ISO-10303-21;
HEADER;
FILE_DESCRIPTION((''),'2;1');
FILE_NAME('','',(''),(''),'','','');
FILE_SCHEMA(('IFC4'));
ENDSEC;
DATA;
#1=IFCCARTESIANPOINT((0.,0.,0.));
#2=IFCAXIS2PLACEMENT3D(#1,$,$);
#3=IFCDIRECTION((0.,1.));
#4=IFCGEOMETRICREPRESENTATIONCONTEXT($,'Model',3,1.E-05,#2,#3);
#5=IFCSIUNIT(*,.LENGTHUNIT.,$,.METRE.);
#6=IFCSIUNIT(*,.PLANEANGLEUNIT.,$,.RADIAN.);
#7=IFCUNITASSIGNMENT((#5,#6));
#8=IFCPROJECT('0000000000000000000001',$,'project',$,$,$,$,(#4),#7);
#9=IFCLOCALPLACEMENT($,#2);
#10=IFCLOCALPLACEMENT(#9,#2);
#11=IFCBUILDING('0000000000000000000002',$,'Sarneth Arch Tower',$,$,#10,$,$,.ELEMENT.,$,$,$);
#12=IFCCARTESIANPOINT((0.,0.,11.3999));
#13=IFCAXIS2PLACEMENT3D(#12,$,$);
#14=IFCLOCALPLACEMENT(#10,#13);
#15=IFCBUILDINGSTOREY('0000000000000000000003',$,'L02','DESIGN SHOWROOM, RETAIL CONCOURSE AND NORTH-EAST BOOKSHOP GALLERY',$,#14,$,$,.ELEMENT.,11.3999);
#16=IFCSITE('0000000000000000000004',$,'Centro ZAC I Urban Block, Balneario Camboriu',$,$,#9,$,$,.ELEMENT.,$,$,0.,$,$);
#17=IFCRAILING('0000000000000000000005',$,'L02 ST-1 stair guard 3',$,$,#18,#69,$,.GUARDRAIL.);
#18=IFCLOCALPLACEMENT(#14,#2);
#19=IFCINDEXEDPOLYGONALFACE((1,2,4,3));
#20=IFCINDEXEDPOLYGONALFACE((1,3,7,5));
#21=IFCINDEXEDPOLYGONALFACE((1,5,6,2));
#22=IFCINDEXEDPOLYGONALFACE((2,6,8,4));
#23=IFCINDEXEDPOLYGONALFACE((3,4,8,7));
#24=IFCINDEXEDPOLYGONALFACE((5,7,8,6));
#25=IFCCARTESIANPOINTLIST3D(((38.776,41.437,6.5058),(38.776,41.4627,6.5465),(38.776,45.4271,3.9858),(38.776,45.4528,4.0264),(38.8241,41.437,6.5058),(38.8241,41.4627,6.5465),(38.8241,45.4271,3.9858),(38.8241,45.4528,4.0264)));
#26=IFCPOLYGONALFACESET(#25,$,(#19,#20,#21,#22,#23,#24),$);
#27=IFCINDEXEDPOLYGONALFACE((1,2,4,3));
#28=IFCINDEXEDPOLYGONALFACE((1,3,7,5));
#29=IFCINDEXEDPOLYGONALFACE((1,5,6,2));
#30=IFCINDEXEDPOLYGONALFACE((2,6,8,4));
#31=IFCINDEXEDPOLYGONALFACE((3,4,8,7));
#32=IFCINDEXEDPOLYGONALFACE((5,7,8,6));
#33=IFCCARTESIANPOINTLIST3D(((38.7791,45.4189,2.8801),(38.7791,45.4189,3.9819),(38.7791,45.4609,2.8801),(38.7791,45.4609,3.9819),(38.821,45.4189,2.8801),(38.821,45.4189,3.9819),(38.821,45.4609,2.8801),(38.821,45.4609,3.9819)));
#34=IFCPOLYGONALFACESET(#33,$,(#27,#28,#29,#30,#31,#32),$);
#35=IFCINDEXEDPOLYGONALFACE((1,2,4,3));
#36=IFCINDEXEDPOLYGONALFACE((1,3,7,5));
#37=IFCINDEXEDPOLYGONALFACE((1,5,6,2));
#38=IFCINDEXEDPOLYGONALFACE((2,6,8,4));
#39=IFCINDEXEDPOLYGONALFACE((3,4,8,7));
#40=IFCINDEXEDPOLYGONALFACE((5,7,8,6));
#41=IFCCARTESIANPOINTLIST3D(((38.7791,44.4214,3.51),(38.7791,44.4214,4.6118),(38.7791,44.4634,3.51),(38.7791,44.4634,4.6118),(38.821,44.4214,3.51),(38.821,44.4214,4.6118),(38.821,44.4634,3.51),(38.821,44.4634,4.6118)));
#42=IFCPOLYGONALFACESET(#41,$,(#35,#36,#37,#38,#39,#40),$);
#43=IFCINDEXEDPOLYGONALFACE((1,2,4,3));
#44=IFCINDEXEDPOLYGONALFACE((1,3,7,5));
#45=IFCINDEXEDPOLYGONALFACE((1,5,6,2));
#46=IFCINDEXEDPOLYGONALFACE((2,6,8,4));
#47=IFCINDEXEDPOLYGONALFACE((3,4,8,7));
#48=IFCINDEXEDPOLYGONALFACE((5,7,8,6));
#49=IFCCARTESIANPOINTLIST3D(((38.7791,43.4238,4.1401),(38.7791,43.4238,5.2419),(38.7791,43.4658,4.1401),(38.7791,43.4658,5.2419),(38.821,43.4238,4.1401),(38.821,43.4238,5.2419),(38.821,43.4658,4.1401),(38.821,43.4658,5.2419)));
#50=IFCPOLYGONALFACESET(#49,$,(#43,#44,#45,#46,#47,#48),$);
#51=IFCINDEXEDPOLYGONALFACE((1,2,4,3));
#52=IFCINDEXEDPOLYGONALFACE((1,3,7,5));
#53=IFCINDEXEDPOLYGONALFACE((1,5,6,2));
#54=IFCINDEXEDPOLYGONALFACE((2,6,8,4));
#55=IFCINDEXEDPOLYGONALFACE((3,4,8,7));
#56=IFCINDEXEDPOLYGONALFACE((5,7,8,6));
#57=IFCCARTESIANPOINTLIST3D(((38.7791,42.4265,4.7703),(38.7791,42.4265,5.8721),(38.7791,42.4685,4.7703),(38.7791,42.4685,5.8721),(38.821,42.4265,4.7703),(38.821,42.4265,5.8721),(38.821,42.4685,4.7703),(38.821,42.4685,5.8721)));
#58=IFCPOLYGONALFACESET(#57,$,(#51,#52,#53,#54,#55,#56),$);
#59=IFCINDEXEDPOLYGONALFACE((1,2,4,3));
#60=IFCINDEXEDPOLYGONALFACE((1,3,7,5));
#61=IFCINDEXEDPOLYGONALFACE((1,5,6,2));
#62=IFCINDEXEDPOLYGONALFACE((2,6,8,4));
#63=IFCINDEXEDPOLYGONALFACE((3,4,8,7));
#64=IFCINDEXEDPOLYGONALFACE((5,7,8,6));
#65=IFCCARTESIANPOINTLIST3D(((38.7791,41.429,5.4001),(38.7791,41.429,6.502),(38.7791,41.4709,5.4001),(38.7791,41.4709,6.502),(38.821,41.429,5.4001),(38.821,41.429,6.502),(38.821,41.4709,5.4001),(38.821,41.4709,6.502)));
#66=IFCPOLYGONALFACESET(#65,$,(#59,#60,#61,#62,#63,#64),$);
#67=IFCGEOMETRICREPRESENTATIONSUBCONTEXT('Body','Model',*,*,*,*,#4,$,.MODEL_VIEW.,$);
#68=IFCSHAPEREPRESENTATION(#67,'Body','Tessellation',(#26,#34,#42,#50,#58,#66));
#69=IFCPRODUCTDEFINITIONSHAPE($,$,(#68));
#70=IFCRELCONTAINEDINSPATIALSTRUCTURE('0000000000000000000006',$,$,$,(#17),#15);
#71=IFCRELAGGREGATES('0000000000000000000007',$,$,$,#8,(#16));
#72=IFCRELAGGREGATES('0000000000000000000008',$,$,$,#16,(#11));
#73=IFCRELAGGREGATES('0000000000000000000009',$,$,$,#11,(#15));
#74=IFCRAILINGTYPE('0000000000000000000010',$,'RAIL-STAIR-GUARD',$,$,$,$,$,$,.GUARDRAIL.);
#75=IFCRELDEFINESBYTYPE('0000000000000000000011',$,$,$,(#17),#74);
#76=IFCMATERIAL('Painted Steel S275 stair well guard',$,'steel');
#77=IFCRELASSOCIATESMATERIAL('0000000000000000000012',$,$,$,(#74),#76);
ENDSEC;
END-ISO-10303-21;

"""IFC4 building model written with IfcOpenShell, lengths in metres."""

from ifc_helpers import new_model, si_unit, direction, frame, origin, origin_2d, place, context, subcontext, project, spatial, rectangle, extrude, material, type_object, element, save


model = new_model("IFC4")

# Units and contexts
model_context = context("Model", 3, precision=1e-05, world=origin(), true_north=direction((0.0, 1.0)))
body_context = subcontext(model_context, "Body", "Model", "MODEL_VIEW")
ifc_project = project(units=[si_unit("LENGTHUNIT", "METRE"), si_unit("PLANEANGLEUNIT", "RADIAN")], contexts=[model_context])

# Site, building, storey
site_placement = place(None, origin())
site = spatial("IfcSite", under=ifc_project, at=site_placement, Name="Centro ZAC I Urban Block, Balneario Camboriu", CompositionType="ELEMENT", RefElevation=0.0)
building_placement = place(site_placement, origin())
building = spatial("IfcBuilding", under=site, at=building_placement, Name="Sarneth Arch Tower", CompositionType="ELEMENT")
storey_placement = place(building_placement, frame((0.0, 0.0, 11.3999)))
storey = spatial("IfcBuildingStorey", under=building, at=storey_placement, Name="L02", Description="DESIGN SHOWROOM, RETAIL CONCOURSE AND NORTH-EAST BOOKSHOP GALLERY", CompositionType="ELEMENT", Elevation=11.3999)

# Railing
ifc_material_1 = material(Name="Painted Steel S275 stair well guard", Category="steel")
railing_type_1 = type_object("IfcRailingType", Name="RAIL-STAIR-GUARD", PredefinedType="GUARDRAIL", material=ifc_material_1)
railing_1_placement = place(storey_placement, frame((38.8, 45.4399, 2.8801)))
element("IfcRailing", 1, at=railing_1_placement, inside=storey, type_object=railing_type_1, Name="L02 ST-1 stair guard 3", PredefinedType="GUARDRAIL", context=body_context, shape_type="SweptSolid", body=[
    extrude(rectangle(XDim=0.0481, YDim=0.0481, at=origin_2d()), frame((0.0, 0.0, 1.126), z_axis=(0.0, -0.845486, 0.533997), x_axis=(1.0, 0.0, 0.0)), (0.0, 0.0, 1.0), 4.7192),
    extrude(rectangle(XDim=0.042, YDim=0.042, at=origin_2d()), origin(), (0.0, 0.0, 1.0), 1.1018),
    extrude(rectangle(XDim=0.042, YDim=0.042, at=origin_2d()), frame((0.0, -0.9976, 0.6299)), (0.0, 0.0, 1.0), 1.1018),
    extrude(rectangle(XDim=0.042, YDim=0.042, at=origin_2d()), frame((0.0, -1.9951, 1.26)), (0.0, 0.0, 1.0), 1.1018),
    extrude(rectangle(XDim=0.042, YDim=0.042, at=origin_2d()), frame((0.0, -2.9924, 1.8901)), (0.0, 0.0, 1.0), 1.1018),
    extrude(rectangle(XDim=0.042, YDim=0.042, at=origin_2d()), frame((0.0, -3.99, 2.52)), (0.0, 0.0, 1.0), 1.1018),
])

save(model, "model.ifc")
